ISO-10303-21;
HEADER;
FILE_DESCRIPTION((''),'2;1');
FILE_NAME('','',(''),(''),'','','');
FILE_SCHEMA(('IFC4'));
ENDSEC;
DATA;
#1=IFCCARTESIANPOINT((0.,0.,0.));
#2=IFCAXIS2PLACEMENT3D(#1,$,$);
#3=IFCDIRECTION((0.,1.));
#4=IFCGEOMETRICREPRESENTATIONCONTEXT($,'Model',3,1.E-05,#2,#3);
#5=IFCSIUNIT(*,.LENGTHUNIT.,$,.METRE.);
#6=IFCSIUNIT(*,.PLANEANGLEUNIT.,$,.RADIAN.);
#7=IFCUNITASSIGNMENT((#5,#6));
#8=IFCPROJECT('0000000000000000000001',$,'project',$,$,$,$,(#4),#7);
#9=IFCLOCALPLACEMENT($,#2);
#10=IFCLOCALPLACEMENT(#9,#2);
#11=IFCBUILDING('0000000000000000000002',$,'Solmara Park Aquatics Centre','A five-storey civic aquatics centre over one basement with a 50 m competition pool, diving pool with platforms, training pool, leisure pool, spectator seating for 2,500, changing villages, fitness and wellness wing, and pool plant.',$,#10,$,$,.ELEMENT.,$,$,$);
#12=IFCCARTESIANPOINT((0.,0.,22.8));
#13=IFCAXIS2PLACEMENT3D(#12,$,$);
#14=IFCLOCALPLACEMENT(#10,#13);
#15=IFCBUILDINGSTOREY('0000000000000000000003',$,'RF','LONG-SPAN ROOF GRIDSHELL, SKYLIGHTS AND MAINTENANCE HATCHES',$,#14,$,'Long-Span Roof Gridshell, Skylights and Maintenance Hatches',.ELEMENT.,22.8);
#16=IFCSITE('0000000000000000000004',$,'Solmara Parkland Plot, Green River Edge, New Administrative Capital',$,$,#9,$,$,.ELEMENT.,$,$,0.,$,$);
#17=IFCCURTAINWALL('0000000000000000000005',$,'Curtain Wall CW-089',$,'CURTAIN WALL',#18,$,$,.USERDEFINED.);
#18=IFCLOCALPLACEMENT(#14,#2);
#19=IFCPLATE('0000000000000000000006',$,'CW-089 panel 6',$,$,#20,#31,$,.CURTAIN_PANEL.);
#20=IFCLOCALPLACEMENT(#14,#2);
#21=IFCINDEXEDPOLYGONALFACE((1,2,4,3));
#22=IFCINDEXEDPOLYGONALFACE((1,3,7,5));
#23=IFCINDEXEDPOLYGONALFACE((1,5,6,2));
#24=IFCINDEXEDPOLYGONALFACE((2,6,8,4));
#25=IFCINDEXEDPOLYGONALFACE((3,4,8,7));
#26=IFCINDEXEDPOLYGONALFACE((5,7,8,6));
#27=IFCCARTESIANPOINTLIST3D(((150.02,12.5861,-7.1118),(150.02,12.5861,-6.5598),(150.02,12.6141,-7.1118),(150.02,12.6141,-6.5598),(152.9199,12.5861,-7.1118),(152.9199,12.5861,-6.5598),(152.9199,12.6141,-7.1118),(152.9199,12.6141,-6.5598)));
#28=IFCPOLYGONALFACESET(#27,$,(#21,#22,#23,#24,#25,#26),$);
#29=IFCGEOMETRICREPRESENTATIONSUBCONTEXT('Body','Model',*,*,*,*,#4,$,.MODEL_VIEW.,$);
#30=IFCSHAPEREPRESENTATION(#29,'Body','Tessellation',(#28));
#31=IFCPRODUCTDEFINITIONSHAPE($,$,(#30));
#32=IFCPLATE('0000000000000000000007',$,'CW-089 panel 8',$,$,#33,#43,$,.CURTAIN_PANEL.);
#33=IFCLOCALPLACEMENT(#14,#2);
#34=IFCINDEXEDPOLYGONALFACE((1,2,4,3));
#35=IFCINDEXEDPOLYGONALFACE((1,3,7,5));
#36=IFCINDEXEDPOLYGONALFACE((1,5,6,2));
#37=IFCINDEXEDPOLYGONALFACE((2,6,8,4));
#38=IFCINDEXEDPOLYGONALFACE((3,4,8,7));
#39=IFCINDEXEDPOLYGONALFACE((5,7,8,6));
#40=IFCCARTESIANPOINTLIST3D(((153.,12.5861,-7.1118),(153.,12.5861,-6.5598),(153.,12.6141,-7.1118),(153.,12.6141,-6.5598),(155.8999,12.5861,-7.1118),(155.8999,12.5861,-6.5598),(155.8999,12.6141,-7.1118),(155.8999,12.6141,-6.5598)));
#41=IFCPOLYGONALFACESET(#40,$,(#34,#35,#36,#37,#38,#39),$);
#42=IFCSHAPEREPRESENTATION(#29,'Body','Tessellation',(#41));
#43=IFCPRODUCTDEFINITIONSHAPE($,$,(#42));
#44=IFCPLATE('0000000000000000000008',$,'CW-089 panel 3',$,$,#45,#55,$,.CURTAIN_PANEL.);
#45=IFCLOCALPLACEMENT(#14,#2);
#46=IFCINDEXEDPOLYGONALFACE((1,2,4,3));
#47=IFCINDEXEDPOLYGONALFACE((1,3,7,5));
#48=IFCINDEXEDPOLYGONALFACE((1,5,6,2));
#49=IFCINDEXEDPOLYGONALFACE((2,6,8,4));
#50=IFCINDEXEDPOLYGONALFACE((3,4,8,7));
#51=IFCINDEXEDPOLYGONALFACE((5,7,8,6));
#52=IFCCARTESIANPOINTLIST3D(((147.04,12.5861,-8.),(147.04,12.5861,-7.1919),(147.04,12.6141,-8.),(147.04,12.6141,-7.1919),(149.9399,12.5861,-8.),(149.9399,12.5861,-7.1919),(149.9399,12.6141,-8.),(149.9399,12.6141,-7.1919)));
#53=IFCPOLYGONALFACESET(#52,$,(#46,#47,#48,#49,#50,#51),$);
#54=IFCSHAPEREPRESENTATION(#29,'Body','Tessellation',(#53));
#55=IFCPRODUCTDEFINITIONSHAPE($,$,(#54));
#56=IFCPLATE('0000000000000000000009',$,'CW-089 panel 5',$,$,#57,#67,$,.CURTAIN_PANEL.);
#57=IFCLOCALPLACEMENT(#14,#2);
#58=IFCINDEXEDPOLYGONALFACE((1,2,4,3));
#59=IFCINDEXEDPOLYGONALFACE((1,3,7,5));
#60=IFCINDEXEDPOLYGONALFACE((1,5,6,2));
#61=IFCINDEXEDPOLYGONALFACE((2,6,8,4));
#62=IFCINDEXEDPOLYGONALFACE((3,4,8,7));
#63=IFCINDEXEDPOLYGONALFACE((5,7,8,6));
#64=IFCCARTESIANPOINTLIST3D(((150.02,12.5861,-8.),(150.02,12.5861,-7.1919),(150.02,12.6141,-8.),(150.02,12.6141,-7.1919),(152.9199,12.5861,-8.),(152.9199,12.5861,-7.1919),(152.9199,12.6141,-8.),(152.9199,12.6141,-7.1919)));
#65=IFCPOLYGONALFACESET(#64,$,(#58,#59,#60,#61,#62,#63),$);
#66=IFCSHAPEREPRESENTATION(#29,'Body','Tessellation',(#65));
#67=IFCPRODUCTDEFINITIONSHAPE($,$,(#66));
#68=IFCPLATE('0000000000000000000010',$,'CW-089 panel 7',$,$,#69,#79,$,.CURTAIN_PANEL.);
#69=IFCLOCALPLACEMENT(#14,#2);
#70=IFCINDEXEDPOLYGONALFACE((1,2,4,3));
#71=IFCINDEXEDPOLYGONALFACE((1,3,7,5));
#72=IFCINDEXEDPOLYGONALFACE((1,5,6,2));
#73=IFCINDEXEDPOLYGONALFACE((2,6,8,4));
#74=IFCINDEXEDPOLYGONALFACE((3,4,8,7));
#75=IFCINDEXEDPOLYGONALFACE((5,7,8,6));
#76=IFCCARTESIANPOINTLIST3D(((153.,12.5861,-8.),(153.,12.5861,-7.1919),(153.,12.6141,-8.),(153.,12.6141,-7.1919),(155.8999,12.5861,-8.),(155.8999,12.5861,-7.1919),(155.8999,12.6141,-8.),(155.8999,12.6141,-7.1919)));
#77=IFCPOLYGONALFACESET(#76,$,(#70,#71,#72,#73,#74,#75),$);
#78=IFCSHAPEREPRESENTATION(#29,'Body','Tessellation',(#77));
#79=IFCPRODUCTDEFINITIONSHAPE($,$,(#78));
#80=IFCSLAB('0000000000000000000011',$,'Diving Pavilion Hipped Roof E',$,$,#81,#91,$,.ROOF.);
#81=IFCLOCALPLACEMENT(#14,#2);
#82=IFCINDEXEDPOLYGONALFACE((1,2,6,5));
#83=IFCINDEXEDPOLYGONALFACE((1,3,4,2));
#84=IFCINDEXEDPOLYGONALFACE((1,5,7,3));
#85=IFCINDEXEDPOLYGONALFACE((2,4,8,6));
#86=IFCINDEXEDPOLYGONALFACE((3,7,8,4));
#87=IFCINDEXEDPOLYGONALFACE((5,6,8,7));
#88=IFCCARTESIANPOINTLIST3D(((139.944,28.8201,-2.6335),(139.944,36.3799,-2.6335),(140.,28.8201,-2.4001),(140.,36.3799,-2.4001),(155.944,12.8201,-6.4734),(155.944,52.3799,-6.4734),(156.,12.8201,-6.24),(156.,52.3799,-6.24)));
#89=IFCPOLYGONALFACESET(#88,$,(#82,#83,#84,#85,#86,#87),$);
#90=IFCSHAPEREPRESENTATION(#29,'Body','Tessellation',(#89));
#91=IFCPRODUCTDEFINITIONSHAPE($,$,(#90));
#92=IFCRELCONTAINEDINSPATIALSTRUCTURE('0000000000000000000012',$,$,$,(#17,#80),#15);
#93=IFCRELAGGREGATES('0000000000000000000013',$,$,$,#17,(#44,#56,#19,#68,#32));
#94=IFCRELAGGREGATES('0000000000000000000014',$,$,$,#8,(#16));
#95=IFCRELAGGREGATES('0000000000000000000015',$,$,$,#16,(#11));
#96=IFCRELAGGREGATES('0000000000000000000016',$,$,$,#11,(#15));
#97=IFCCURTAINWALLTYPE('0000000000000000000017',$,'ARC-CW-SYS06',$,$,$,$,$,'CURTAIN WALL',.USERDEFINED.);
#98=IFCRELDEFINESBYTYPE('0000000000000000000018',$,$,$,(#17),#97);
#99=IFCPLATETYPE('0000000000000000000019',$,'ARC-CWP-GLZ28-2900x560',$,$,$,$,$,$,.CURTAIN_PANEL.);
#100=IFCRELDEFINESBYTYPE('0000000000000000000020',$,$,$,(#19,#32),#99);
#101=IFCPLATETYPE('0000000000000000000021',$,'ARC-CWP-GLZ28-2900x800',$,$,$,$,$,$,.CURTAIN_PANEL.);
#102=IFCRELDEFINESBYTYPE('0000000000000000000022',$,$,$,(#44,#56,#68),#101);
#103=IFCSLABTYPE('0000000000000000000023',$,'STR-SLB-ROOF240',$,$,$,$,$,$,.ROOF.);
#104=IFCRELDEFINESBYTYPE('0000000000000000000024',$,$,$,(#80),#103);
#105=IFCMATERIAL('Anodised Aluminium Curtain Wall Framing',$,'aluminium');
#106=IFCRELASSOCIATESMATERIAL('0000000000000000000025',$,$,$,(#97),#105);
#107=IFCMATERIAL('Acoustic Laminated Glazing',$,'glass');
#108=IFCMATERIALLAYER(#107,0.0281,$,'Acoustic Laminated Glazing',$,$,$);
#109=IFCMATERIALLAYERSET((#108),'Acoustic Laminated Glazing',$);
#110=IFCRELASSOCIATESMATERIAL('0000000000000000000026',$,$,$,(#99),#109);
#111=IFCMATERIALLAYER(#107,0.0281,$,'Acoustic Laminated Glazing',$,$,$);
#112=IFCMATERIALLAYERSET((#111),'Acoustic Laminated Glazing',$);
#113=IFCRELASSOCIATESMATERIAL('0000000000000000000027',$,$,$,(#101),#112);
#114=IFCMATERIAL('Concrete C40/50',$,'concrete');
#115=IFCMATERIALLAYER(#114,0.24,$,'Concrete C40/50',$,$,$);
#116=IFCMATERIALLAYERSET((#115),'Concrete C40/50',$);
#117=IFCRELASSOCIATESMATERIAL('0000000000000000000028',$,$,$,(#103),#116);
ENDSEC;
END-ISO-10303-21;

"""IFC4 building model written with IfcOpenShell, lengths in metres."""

from ifc_helpers import new_model, si_unit, direction, frame, origin, origin_2d, place, context, subcontext, project, spatial, polyline, rectangle, outline, extrude, material, layer, layer_set, type_object, element, aggregate, save


model = new_model("IFC4")

# Units and contexts
model_context = context("Model", 3, precision=1e-05, world=origin(), true_north=direction((0.0, 1.0)))
body_context = subcontext(model_context, "Body", "Model", "MODEL_VIEW")
ifc_project = project(units=[si_unit("LENGTHUNIT", "METRE"), si_unit("PLANEANGLEUNIT", "RADIAN")], contexts=[model_context])

# Site, building, storey
site_placement = place(None, origin())
site = spatial("IfcSite", under=ifc_project, at=site_placement, Name="Solmara Parkland Plot, Green River Edge, New Administrative Capital", CompositionType="ELEMENT", RefElevation=0.0)
building_placement = place(site_placement, origin())
building = spatial("IfcBuilding", under=site, at=building_placement, Name="Solmara Park Aquatics Centre", Description="A five-storey civic aquatics centre over one basement with a 50 m competition pool, diving pool with platforms, training pool, leisure pool, spectator seating for 2,500, changing villages, fitness and wellness wing, and pool plant.", CompositionType="ELEMENT")
storey_placement = place(building_placement, frame((0.0, 0.0, 22.8)))
storey = spatial("IfcBuildingStorey", under=building, at=storey_placement, Name="RF", Description="LONG-SPAN ROOF GRIDSHELL, SKYLIGHTS AND MAINTENANCE HATCHES", LongName="Long-Span Roof Gridshell, Skylights and Maintenance Hatches", CompositionType="ELEMENT", Elevation=22.8)

# Curtain wall
ifc_material_1 = material(Name="Anodised Aluminium Curtain Wall Framing", Category="aluminium")
curtain_wall_type = type_object("IfcCurtainWallType", Name="ARC-CW-SYS06", ElementType="CURTAIN WALL", PredefinedType="USERDEFINED", material=ifc_material_1)
curtain_wall_placement = place(storey_placement, origin())
curtain_wall = element("IfcCurtainWall", 1, at=curtain_wall_placement, inside=storey, type_object=curtain_wall_type, Name="Curtain Wall CW-089", ObjectType="CURTAIN WALL", PredefinedType="USERDEFINED")

# Plates
ifc_material_2 = material(Name="Acoustic Laminated Glazing", Category="glass")
ifc_layer_1 = layer(ifc_material_2, 0.0281, Name="Acoustic Laminated Glazing")
ifc_layer_set_1 = layer_set([ifc_layer_1], Name="Acoustic Laminated Glazing")
plate_type_1 = type_object("IfcPlateType", Name="ARC-CWP-GLZ28-2900x560", PredefinedType="CURTAIN_PANEL", material=ifc_layer_set_1)
plate_1_placement = place(storey_placement, frame((151.47, 12.6001, -7.1118), z_axis=(0.0, 0.0, 1.0), x_axis=(1.0, 0.0, 0.0)))
plate_1 = element("IfcPlate", 2, at=plate_1_placement, type_object=plate_type_1, Name="CW-089 panel 6", PredefinedType="CURTAIN_PANEL", context=body_context, shape_type="SweptSolid", body=[
    extrude(rectangle(XDim=2.8999, YDim=0.0281, at=origin_2d()), origin(), (0.0, 0.0, 1.0), 0.552),
])
plate_2_placement = place(storey_placement, frame((154.45, 12.6001, -7.1118), z_axis=(0.0, 0.0, 1.0), x_axis=(1.0, 0.0, 0.0)))
plate_2 = element("IfcPlate", 3, at=plate_2_placement, type_object=plate_type_1, Name="CW-089 panel 8", PredefinedType="CURTAIN_PANEL", context=body_context, shape_type="SweptSolid", body=[
    extrude(rectangle(XDim=2.8999, YDim=0.0281, at=origin_2d()), origin(), (0.0, 0.0, 1.0), 0.552),
])
ifc_layer_2 = layer(ifc_material_2, 0.0281, Name="Acoustic Laminated Glazing")
ifc_layer_set_2 = layer_set([ifc_layer_2], Name="Acoustic Laminated Glazing")
plate_type_2 = type_object("IfcPlateType", Name="ARC-CWP-GLZ28-2900x800", PredefinedType="CURTAIN_PANEL", material=ifc_layer_set_2)
plate_3_placement = place(storey_placement, frame((148.49, 12.6001, -8.0), z_axis=(0.0, 0.0, 1.0), x_axis=(1.0, 0.0, 0.0)))
plate_3 = element("IfcPlate", 4, at=plate_3_placement, type_object=plate_type_2, Name="CW-089 panel 3", PredefinedType="CURTAIN_PANEL", context=body_context, shape_type="SweptSolid", body=[
    extrude(rectangle(XDim=2.8999, YDim=0.0281, at=origin_2d()), origin(), (0.0, 0.0, 1.0), 0.8081),
])
plate_4_placement = place(storey_placement, frame((151.47, 12.6001, -8.0), z_axis=(0.0, 0.0, 1.0), x_axis=(1.0, 0.0, 0.0)))
plate_4 = element("IfcPlate", 5, at=plate_4_placement, type_object=plate_type_2, Name="CW-089 panel 5", PredefinedType="CURTAIN_PANEL", context=body_context, shape_type="SweptSolid", body=[
    extrude(rectangle(XDim=2.8999, YDim=0.0281, at=origin_2d()), origin(), (0.0, 0.0, 1.0), 0.8081),
])
plate_5_placement = place(storey_placement, frame((154.45, 12.6001, -8.0), z_axis=(0.0, 0.0, 1.0), x_axis=(1.0, 0.0, 0.0)))
plate_5 = element("IfcPlate", 6, at=plate_5_placement, type_object=plate_type_2, Name="CW-089 panel 7", PredefinedType="CURTAIN_PANEL", context=body_context, shape_type="SweptSolid", body=[
    extrude(rectangle(XDim=2.8999, YDim=0.0281, at=origin_2d()), origin(), (0.0, 0.0, 1.0), 0.8081),
])
aggregate(curtain_wall, [plate_3, plate_4, plate_1, plate_5, plate_2])

# Slab
ifc_material_3 = material(Name="Concrete C40/50", Category="concrete")
ifc_layer_3 = layer(ifc_material_3, 0.24, Name="Concrete C40/50")
ifc_layer_set_3 = layer_set([ifc_layer_3], Name="Concrete C40/50")
slab_type = type_object("IfcSlabType", Name="STR-SLB-ROOF240", PredefinedType="ROOF", material=ifc_layer_set_3)
slab_placement = place(storey_placement, frame((156.0, 12.8201, -6.24), z_axis=(0.233364, 0.0, 0.972389), x_axis=(0.0, 1.0, 0.0)))
element("IfcSlab", 7, at=slab_placement, inside=storey, type_object=slab_type, Name="Diving Pavilion Hipped Roof E", PredefinedType="ROOF", context=body_context, shape_type="SweptSolid", body=[
    extrude(outline(polyline([(0.0, 0.0), (39.5598, 0.0), (23.5598, 16.4543), (16.0, 16.4543), (0.0, 0.0)])), origin(), (0.0, 0.0, -1.0), 0.24),
])

save(model, "model.ifc")
